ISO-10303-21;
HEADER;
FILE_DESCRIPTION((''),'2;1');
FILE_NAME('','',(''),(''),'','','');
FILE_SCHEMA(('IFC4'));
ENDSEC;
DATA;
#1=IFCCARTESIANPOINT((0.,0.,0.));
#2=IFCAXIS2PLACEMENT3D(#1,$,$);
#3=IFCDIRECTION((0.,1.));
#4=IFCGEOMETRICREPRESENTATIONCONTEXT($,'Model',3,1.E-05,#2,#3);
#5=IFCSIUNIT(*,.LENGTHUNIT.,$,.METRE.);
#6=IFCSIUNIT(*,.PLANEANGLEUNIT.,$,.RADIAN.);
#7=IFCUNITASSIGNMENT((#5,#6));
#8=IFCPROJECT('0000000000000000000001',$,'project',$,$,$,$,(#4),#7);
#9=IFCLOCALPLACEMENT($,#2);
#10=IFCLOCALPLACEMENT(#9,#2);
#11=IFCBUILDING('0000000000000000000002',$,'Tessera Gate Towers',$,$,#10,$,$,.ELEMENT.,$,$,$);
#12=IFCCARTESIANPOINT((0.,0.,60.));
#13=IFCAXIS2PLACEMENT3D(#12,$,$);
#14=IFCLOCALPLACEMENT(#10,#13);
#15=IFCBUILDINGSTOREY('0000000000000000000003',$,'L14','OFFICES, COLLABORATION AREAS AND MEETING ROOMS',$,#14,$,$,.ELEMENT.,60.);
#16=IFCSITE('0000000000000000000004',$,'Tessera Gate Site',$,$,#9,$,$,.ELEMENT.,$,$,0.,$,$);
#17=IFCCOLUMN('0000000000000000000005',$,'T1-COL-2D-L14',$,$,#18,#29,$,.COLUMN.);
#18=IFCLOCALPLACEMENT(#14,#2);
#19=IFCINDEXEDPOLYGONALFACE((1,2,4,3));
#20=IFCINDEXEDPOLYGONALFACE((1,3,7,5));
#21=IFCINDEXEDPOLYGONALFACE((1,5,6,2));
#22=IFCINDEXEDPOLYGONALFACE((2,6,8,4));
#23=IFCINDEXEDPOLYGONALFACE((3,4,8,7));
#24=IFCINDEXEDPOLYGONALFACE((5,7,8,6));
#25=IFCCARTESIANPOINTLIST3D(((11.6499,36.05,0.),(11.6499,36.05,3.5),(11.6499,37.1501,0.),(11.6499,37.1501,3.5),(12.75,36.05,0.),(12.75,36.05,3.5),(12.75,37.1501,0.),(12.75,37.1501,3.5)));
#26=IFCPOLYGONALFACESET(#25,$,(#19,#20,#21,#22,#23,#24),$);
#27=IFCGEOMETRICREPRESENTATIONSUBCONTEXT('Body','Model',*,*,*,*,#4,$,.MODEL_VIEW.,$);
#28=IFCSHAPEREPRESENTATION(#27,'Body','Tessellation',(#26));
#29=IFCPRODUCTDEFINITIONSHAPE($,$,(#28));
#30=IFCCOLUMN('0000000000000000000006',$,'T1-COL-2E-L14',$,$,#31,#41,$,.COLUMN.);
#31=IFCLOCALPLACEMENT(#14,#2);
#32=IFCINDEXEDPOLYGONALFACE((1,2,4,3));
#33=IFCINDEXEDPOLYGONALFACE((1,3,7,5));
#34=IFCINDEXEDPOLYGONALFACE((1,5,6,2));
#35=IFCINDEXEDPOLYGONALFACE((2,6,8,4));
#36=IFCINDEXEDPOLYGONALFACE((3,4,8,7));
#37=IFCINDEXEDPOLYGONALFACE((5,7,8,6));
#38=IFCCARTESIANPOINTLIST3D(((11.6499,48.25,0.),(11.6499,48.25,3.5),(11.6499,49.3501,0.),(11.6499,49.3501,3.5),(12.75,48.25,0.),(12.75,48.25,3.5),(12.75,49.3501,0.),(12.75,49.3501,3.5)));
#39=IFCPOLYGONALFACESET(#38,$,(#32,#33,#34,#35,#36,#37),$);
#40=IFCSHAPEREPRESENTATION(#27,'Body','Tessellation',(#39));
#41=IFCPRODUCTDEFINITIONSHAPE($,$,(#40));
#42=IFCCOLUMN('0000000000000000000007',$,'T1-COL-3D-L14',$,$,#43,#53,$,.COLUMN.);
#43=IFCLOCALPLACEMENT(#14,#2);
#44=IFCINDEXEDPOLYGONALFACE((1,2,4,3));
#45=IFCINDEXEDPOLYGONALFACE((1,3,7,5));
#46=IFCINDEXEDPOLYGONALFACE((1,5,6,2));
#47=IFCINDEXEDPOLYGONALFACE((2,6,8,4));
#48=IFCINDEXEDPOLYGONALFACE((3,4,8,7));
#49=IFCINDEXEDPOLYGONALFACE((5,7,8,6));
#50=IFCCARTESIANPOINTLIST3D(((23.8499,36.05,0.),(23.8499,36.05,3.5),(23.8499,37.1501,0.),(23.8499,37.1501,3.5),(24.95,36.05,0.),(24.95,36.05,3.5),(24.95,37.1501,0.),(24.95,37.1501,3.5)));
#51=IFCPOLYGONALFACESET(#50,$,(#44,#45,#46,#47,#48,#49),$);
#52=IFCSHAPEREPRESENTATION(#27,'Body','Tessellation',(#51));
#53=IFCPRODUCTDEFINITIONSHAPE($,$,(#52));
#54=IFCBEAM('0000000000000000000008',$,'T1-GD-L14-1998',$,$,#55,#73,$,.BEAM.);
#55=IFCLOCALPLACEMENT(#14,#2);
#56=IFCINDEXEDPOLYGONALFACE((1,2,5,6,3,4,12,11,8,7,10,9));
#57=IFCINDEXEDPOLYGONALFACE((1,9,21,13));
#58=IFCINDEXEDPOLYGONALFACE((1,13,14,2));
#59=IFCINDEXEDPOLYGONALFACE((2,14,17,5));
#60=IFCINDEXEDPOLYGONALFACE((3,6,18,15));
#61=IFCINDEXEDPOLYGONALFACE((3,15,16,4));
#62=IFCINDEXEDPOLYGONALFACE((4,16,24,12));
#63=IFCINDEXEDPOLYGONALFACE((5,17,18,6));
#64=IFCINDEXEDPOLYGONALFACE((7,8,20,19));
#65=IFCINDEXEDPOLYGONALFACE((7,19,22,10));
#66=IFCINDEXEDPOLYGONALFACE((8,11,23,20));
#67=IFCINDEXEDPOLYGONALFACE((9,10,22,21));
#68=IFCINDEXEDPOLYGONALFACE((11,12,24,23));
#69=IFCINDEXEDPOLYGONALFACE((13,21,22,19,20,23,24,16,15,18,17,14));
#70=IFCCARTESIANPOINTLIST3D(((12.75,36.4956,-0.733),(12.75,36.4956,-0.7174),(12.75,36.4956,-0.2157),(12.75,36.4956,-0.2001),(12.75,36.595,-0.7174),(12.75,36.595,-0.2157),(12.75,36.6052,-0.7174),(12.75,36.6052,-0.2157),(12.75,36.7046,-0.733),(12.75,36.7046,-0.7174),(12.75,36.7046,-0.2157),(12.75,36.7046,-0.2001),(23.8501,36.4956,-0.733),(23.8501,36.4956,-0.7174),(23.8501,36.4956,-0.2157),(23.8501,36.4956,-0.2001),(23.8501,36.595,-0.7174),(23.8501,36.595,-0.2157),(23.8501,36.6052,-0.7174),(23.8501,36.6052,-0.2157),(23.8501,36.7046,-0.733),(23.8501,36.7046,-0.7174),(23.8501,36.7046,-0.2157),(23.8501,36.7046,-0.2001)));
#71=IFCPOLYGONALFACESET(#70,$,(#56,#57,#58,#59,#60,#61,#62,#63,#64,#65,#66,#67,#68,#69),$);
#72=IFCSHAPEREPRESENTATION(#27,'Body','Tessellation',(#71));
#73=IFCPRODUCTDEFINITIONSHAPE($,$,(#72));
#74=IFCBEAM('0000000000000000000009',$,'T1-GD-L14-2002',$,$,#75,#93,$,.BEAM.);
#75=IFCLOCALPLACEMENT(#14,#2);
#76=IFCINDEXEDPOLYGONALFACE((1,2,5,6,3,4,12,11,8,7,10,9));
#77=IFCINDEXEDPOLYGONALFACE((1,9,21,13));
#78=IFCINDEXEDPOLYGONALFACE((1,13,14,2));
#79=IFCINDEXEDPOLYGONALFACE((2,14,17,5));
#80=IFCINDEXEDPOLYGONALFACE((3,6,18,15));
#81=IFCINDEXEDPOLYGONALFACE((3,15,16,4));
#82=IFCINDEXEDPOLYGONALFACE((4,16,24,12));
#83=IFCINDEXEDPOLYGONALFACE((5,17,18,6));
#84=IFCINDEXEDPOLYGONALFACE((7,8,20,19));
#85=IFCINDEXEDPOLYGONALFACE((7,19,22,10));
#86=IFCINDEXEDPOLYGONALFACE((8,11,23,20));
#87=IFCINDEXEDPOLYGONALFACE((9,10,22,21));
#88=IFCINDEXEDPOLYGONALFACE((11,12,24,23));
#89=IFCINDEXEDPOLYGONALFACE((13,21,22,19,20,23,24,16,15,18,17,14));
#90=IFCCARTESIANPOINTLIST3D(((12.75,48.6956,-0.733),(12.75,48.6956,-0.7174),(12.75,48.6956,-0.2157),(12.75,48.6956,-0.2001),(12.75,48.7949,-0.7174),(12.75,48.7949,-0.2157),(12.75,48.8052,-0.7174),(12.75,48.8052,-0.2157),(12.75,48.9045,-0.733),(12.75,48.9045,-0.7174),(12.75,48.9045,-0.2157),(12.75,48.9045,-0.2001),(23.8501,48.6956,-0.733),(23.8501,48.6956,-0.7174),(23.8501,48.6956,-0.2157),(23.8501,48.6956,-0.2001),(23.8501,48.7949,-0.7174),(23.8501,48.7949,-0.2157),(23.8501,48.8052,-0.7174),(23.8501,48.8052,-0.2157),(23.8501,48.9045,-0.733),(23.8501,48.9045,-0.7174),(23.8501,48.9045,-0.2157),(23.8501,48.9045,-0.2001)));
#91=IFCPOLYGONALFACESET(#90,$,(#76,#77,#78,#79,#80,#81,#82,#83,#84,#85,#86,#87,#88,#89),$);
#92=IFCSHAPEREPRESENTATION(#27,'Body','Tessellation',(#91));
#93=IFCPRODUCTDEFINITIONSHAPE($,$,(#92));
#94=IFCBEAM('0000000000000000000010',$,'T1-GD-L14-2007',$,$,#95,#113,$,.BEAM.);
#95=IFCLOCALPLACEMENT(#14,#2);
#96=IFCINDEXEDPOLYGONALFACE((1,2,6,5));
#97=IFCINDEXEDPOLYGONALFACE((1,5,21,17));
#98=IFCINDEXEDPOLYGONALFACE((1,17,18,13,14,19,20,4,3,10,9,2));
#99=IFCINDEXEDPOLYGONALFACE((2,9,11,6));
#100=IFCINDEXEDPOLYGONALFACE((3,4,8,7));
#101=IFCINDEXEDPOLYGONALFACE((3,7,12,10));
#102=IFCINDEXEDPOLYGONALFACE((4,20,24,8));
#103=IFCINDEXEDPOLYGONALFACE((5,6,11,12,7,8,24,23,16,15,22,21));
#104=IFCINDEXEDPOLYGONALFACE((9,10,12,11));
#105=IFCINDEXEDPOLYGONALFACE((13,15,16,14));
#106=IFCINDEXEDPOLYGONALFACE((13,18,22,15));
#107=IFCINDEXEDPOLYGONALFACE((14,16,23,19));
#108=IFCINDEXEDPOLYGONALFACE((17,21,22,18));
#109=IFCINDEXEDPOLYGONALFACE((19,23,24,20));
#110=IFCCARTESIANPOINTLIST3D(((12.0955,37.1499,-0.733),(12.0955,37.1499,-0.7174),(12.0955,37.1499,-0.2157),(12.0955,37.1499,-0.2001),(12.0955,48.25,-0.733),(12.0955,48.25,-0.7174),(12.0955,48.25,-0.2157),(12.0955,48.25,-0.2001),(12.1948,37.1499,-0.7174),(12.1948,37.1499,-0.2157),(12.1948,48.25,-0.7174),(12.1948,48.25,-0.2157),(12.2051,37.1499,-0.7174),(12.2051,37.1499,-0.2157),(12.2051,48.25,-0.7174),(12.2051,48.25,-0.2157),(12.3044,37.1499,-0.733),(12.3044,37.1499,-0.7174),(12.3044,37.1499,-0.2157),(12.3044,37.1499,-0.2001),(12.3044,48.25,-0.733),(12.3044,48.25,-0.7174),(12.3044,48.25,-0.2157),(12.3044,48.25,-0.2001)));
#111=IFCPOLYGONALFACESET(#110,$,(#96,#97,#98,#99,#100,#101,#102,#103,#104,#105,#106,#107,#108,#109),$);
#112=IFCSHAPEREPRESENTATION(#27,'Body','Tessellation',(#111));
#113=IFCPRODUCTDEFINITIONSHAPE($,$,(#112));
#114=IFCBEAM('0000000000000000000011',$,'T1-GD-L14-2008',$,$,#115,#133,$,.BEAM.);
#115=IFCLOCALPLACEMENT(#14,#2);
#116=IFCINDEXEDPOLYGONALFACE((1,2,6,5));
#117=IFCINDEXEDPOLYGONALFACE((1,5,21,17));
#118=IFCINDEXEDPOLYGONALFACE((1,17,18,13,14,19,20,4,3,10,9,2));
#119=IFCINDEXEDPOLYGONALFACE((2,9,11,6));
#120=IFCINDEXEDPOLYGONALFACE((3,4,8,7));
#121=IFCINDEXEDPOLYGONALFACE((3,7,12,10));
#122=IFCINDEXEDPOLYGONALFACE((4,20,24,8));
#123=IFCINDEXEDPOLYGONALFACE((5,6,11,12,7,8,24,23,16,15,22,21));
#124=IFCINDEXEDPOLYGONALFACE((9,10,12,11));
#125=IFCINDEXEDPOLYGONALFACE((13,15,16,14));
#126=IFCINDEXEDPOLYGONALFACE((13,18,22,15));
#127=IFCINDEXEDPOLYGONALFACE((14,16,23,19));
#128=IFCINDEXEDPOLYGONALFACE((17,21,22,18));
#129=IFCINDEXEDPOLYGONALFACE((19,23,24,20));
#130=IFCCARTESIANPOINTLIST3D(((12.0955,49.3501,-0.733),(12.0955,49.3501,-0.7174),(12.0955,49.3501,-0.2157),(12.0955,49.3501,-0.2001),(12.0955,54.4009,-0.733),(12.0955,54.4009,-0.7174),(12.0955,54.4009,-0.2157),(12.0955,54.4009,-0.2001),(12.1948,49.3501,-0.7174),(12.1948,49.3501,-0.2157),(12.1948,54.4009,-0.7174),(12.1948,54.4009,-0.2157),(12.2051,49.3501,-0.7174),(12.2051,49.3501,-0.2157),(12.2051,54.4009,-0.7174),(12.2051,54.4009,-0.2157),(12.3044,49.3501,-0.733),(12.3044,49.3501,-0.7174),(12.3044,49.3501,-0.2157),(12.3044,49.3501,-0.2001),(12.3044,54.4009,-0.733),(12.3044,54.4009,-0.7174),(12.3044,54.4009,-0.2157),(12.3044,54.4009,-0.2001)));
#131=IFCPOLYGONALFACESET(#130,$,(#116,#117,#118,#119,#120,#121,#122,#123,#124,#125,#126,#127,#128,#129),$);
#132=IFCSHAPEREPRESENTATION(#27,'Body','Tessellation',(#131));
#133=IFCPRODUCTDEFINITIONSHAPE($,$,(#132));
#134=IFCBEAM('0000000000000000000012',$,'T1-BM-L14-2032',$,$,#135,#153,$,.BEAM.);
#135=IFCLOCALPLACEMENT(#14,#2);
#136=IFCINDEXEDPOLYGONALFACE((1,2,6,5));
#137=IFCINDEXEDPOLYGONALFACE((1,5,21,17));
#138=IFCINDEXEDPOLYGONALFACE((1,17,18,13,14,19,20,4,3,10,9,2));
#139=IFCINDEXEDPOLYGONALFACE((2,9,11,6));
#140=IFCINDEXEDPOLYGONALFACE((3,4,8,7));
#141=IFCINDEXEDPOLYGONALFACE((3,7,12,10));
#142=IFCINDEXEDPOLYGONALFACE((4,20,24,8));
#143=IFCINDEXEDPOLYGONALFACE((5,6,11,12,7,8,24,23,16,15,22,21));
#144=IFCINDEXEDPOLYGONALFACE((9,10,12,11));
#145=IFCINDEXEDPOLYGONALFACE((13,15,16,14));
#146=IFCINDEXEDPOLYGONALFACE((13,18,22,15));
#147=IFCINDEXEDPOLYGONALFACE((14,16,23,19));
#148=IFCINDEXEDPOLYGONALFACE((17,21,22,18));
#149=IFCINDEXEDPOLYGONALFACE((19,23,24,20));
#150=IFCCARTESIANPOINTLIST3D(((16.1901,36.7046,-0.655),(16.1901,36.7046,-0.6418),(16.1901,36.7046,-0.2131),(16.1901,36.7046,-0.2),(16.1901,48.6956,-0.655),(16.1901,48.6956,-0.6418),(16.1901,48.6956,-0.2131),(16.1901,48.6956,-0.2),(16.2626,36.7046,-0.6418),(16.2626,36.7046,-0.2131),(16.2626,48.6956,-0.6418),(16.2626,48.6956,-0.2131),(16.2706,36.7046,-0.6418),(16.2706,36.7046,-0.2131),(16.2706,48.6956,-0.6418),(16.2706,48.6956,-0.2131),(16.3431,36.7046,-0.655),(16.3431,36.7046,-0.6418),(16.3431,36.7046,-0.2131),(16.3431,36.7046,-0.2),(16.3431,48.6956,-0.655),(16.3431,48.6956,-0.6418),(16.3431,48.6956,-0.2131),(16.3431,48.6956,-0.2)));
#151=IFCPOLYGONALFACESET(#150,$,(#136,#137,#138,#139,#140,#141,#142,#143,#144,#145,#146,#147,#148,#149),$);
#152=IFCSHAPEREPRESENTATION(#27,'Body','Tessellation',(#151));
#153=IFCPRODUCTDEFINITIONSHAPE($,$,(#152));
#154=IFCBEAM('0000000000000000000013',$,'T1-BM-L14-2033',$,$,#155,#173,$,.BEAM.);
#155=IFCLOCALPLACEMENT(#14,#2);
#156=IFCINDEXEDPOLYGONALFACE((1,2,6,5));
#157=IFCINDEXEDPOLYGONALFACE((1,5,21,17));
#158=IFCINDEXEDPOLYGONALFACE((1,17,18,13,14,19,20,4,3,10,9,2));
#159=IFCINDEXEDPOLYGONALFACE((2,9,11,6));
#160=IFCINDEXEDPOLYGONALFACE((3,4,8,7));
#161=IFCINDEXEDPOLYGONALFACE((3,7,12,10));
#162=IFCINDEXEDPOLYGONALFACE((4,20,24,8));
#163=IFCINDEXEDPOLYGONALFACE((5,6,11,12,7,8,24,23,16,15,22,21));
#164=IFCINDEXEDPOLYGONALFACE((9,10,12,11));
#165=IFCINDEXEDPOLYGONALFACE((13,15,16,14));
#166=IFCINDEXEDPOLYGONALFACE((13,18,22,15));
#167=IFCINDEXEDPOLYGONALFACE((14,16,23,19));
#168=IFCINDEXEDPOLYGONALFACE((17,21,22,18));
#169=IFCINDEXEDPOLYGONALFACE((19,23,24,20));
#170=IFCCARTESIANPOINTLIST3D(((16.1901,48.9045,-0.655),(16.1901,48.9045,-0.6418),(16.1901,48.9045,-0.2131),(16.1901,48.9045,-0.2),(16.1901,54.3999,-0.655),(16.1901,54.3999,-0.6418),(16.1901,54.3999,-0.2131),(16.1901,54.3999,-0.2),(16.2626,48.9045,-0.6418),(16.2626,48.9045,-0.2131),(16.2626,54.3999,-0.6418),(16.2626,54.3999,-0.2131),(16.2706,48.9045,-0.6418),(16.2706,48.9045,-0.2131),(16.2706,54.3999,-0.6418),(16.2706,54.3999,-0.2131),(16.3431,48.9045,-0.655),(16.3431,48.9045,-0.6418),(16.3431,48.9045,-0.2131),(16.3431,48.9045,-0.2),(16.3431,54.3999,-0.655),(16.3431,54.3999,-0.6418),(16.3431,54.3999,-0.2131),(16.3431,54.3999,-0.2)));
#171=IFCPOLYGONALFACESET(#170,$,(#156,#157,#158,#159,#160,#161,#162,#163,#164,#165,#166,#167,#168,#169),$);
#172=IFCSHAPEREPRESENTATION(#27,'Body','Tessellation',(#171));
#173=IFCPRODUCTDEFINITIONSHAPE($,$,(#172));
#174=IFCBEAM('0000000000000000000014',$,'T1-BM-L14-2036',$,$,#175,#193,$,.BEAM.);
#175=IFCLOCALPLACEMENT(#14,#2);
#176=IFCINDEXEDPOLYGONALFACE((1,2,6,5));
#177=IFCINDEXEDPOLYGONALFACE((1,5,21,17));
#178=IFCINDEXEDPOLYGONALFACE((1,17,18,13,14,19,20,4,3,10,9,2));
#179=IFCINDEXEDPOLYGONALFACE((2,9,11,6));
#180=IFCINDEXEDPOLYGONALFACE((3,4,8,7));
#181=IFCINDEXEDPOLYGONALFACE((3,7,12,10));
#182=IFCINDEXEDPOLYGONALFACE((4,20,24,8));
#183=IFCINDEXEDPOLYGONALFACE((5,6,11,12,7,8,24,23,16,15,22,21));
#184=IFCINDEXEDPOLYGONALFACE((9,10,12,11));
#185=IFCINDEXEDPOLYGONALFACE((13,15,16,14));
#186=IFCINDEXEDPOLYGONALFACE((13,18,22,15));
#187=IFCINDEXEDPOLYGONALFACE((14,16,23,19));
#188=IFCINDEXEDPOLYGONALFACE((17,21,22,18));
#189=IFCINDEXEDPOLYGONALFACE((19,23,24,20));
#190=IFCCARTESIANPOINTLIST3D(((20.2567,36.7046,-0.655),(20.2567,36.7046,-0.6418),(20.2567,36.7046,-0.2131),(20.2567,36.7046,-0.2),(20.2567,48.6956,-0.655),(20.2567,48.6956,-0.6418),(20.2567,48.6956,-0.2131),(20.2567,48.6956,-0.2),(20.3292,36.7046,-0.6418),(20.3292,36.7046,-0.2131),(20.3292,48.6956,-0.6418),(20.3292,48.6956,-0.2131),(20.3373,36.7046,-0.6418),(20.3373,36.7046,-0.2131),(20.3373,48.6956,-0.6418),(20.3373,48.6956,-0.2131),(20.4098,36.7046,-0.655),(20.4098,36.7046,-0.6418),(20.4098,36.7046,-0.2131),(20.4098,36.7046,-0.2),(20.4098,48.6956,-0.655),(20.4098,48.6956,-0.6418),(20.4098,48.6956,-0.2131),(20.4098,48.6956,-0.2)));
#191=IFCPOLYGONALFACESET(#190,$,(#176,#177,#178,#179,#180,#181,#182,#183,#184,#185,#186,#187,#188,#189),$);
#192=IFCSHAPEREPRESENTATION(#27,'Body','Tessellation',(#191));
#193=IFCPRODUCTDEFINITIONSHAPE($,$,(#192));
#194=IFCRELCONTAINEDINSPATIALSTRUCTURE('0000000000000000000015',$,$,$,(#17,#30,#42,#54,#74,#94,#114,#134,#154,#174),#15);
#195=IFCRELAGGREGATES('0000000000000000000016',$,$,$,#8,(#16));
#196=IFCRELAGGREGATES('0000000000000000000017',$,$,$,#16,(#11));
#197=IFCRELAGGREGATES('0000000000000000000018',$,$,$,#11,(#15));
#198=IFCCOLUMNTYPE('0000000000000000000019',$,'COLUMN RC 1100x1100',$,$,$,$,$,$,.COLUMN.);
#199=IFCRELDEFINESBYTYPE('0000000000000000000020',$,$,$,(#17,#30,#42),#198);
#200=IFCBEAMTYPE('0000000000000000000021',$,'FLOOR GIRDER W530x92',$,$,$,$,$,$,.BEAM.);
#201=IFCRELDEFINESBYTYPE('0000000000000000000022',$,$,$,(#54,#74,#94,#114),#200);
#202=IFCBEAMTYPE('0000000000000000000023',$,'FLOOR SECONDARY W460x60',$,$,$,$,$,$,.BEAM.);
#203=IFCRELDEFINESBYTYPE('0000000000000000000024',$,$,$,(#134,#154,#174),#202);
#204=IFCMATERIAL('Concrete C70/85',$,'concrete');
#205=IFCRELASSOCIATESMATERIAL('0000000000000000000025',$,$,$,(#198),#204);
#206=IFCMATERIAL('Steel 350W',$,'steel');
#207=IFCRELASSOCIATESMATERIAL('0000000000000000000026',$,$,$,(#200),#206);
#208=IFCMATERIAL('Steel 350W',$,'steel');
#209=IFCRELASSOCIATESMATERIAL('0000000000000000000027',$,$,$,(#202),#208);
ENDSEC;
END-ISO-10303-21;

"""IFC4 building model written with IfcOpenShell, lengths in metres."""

from ifc_helpers import new_model, si_unit, direction, frame, origin, origin_2d, place, context, subcontext, project, spatial, rectangle, i_section, extrude, material, material_profile, profile_set, type_object, element, save


model = new_model("IFC4")

# Units and contexts
model_context = context("Model", 3, precision=1e-05, world=origin(), true_north=direction((0.0, 1.0)))
body_context = subcontext(model_context, "Body", "Model", "MODEL_VIEW")
ifc_project = project(units=[si_unit("LENGTHUNIT", "METRE"), si_unit("PLANEANGLEUNIT", "RADIAN")], contexts=[model_context])

# Site, building, storey
site_placement = place(None, origin())
site = spatial("IfcSite", under=ifc_project, at=site_placement, Name="Tessera Gate Site", CompositionType="ELEMENT", RefElevation=0.0)
building_placement = place(site_placement, origin())
building = spatial("IfcBuilding", under=site, at=building_placement, Name="Tessera Gate Towers", CompositionType="ELEMENT")
storey_placement = place(building_placement, frame((0.0, 0.0, 60.0)))
storey = spatial("IfcBuildingStorey", under=building, at=storey_placement, Name="L14", Description="OFFICES, COLLABORATION AREAS AND MEETING ROOMS", CompositionType="ELEMENT", Elevation=60.0)

# Columns
ifc_material_1 = material(Name="Concrete C70/85", Category="concrete")
ifc_material_profile_1 = material_profile(ifc_material_1, rectangle(XDim=1.1001, YDim=1.1001, at=origin_2d()), Name="RC 1100x1100")
ifc_profile_set_1 = profile_set([ifc_material_profile_1], Name="Concrete C70/85")
column_type = type_object("IfcColumnType", Name="COLUMN RC 1100x1100", PredefinedType="COLUMN", material=ifc_profile_set_1)
for number, where, z_axis, x_axis, name in (
    (1, (12.2, 36.6001, 0.0), (0.0, 0.0, 1.0), (1.0, 0.0, 0.0), "T1-COL-2D-L14"),
    (2, (12.2, 48.8, 0.0), (0.0, 0.0, 1.0), (1.0, 0.0, 0.0), "T1-COL-2E-L14"),
    (3, (24.3999, 36.6001, 0.0), (0.0, 0.0, 1.0), (1.0, 0.0, 0.0), "T1-COL-3D-L14"),
):
    element("IfcColumn", number, at=place(storey_placement, frame(where, z_axis=z_axis, x_axis=x_axis)), inside=storey, type_object=column_type, Name=name, PredefinedType="COLUMN", context=body_context, shape_type="SweptSolid", body=[
        extrude(rectangle(XDim=1.1001, YDim=1.1001, at=origin_2d()), origin(), (0.0, 0.0, 1.0), 3.5),
    ])

# Beams
ifc_material_2 = material(Name="Steel 350W", Category="steel")
ifc_material_profile_2 = material_profile(ifc_material_2, i_section(OverallWidth=0.209, OverallDepth=0.533, WebThickness=0.0103, FlangeThickness=0.0156, at=origin_2d()), Name="W530x92")
ifc_profile_set_2 = profile_set([ifc_material_profile_2], Name="Steel 350W")
beam_type_1 = type_object("IfcBeamType", Name="FLOOR GIRDER W530x92", PredefinedType="BEAM", material=ifc_profile_set_2)
for number, where, z_axis, x_axis, name in (
    (4, (12.75, 36.6001, -0.4666), (1.0, 0.0, 0.0), (0.0, 1.0, 0.0), "T1-GD-L14-1998"),
    (5, (12.75, 48.8, -0.4666), (1.0, 0.0, 0.0), (0.0, 1.0, 0.0), "T1-GD-L14-2002"),
    (6, (12.2, 37.1499, -0.4666), (0.0, 1.0, 0.0), (-1.0, 0.0, 0.0), "T1-GD-L14-2007"),
):
    element("IfcBeam", number, at=place(storey_placement, frame(where, z_axis=z_axis, x_axis=x_axis)), inside=storey, type_object=beam_type_1, Name=name, PredefinedType="BEAM", context=body_context, shape_type="SweptSolid", body=[
        extrude(i_section(OverallWidth=0.209, OverallDepth=0.533, WebThickness=0.0103, FlangeThickness=0.0156, at=origin_2d()), origin(), (0.0, 0.0, 1.0), 11.1001),
    ])
beam_1_placement = place(storey_placement, frame((12.2, 49.3501, -0.4666), z_axis=(0.0, 1.0, 0.0), x_axis=(-1.0, 0.0, 0.0)))
element("IfcBeam", 7, at=beam_1_placement, inside=storey, type_object=beam_type_1, Name="T1-GD-L14-2008", PredefinedType="BEAM", context=body_context, shape_type="SweptSolid", body=[
    extrude(i_section(OverallWidth=0.209, OverallDepth=0.533, WebThickness=0.0103, FlangeThickness=0.0156, at=origin_2d()), origin(), (0.0, 0.0, 1.0), 5.0508),
])
ifc_material_3 = material(Name="Steel 350W", Category="steel")
ifc_material_profile_3 = material_profile(ifc_material_3, i_section(OverallWidth=0.1531, OverallDepth=0.4551, WebThickness=0.0081, FlangeThickness=0.0132, at=origin_2d()), Name="W460x60")
ifc_profile_set_3 = profile_set([ifc_material_profile_3], Name="Steel 350W")
beam_type_2 = type_object("IfcBeamType", Name="FLOOR SECONDARY W460x60", PredefinedType="BEAM", material=ifc_profile_set_3)
beam_2_placement = place(storey_placement, frame((16.2666, 36.7046, -0.4275), z_axis=(0.0, 1.0, 0.0), x_axis=(-1.0, 0.0, 0.0)))
element("IfcBeam", 8, at=beam_2_placement, inside=storey, type_object=beam_type_2, Name="T1-BM-L14-2032", PredefinedType="BEAM", context=body_context, shape_type="SweptSolid", body=[
    extrude(i_section(OverallWidth=0.1531, OverallDepth=0.4551, WebThickness=0.0081, FlangeThickness=0.0132, at=origin_2d()), origin(), (0.0, 0.0, 1.0), 11.991),
])
beam_3_placement = place(storey_placement, frame((16.2666, 48.9045, -0.4275), z_axis=(0.0, 1.0, 0.0), x_axis=(-1.0, 0.0, 0.0)))
element("IfcBeam", 9, at=beam_3_placement, inside=storey, type_object=beam_type_2, Name="T1-BM-L14-2033", PredefinedType="BEAM", context=body_context, shape_type="SweptSolid", body=[
    extrude(i_section(OverallWidth=0.1531, OverallDepth=0.4551, WebThickness=0.0081, FlangeThickness=0.0132, at=origin_2d()), origin(), (0.0, 0.0, 1.0), 5.4954),
])
beam_4_placement = place(storey_placement, frame((20.3333, 36.7046, -0.4275), z_axis=(0.0, 1.0, 0.0), x_axis=(-1.0, 0.0, 0.0)))
element("IfcBeam", 10, at=beam_4_placement, inside=storey, type_object=beam_type_2, Name="T1-BM-L14-2036", PredefinedType="BEAM", context=body_context, shape_type="SweptSolid", body=[
    extrude(i_section(OverallWidth=0.1531, OverallDepth=0.4551, WebThickness=0.0081, FlangeThickness=0.0132, at=origin_2d()), origin(), (0.0, 0.0, 1.0), 11.991),
])

save(model, "model.ifc")
